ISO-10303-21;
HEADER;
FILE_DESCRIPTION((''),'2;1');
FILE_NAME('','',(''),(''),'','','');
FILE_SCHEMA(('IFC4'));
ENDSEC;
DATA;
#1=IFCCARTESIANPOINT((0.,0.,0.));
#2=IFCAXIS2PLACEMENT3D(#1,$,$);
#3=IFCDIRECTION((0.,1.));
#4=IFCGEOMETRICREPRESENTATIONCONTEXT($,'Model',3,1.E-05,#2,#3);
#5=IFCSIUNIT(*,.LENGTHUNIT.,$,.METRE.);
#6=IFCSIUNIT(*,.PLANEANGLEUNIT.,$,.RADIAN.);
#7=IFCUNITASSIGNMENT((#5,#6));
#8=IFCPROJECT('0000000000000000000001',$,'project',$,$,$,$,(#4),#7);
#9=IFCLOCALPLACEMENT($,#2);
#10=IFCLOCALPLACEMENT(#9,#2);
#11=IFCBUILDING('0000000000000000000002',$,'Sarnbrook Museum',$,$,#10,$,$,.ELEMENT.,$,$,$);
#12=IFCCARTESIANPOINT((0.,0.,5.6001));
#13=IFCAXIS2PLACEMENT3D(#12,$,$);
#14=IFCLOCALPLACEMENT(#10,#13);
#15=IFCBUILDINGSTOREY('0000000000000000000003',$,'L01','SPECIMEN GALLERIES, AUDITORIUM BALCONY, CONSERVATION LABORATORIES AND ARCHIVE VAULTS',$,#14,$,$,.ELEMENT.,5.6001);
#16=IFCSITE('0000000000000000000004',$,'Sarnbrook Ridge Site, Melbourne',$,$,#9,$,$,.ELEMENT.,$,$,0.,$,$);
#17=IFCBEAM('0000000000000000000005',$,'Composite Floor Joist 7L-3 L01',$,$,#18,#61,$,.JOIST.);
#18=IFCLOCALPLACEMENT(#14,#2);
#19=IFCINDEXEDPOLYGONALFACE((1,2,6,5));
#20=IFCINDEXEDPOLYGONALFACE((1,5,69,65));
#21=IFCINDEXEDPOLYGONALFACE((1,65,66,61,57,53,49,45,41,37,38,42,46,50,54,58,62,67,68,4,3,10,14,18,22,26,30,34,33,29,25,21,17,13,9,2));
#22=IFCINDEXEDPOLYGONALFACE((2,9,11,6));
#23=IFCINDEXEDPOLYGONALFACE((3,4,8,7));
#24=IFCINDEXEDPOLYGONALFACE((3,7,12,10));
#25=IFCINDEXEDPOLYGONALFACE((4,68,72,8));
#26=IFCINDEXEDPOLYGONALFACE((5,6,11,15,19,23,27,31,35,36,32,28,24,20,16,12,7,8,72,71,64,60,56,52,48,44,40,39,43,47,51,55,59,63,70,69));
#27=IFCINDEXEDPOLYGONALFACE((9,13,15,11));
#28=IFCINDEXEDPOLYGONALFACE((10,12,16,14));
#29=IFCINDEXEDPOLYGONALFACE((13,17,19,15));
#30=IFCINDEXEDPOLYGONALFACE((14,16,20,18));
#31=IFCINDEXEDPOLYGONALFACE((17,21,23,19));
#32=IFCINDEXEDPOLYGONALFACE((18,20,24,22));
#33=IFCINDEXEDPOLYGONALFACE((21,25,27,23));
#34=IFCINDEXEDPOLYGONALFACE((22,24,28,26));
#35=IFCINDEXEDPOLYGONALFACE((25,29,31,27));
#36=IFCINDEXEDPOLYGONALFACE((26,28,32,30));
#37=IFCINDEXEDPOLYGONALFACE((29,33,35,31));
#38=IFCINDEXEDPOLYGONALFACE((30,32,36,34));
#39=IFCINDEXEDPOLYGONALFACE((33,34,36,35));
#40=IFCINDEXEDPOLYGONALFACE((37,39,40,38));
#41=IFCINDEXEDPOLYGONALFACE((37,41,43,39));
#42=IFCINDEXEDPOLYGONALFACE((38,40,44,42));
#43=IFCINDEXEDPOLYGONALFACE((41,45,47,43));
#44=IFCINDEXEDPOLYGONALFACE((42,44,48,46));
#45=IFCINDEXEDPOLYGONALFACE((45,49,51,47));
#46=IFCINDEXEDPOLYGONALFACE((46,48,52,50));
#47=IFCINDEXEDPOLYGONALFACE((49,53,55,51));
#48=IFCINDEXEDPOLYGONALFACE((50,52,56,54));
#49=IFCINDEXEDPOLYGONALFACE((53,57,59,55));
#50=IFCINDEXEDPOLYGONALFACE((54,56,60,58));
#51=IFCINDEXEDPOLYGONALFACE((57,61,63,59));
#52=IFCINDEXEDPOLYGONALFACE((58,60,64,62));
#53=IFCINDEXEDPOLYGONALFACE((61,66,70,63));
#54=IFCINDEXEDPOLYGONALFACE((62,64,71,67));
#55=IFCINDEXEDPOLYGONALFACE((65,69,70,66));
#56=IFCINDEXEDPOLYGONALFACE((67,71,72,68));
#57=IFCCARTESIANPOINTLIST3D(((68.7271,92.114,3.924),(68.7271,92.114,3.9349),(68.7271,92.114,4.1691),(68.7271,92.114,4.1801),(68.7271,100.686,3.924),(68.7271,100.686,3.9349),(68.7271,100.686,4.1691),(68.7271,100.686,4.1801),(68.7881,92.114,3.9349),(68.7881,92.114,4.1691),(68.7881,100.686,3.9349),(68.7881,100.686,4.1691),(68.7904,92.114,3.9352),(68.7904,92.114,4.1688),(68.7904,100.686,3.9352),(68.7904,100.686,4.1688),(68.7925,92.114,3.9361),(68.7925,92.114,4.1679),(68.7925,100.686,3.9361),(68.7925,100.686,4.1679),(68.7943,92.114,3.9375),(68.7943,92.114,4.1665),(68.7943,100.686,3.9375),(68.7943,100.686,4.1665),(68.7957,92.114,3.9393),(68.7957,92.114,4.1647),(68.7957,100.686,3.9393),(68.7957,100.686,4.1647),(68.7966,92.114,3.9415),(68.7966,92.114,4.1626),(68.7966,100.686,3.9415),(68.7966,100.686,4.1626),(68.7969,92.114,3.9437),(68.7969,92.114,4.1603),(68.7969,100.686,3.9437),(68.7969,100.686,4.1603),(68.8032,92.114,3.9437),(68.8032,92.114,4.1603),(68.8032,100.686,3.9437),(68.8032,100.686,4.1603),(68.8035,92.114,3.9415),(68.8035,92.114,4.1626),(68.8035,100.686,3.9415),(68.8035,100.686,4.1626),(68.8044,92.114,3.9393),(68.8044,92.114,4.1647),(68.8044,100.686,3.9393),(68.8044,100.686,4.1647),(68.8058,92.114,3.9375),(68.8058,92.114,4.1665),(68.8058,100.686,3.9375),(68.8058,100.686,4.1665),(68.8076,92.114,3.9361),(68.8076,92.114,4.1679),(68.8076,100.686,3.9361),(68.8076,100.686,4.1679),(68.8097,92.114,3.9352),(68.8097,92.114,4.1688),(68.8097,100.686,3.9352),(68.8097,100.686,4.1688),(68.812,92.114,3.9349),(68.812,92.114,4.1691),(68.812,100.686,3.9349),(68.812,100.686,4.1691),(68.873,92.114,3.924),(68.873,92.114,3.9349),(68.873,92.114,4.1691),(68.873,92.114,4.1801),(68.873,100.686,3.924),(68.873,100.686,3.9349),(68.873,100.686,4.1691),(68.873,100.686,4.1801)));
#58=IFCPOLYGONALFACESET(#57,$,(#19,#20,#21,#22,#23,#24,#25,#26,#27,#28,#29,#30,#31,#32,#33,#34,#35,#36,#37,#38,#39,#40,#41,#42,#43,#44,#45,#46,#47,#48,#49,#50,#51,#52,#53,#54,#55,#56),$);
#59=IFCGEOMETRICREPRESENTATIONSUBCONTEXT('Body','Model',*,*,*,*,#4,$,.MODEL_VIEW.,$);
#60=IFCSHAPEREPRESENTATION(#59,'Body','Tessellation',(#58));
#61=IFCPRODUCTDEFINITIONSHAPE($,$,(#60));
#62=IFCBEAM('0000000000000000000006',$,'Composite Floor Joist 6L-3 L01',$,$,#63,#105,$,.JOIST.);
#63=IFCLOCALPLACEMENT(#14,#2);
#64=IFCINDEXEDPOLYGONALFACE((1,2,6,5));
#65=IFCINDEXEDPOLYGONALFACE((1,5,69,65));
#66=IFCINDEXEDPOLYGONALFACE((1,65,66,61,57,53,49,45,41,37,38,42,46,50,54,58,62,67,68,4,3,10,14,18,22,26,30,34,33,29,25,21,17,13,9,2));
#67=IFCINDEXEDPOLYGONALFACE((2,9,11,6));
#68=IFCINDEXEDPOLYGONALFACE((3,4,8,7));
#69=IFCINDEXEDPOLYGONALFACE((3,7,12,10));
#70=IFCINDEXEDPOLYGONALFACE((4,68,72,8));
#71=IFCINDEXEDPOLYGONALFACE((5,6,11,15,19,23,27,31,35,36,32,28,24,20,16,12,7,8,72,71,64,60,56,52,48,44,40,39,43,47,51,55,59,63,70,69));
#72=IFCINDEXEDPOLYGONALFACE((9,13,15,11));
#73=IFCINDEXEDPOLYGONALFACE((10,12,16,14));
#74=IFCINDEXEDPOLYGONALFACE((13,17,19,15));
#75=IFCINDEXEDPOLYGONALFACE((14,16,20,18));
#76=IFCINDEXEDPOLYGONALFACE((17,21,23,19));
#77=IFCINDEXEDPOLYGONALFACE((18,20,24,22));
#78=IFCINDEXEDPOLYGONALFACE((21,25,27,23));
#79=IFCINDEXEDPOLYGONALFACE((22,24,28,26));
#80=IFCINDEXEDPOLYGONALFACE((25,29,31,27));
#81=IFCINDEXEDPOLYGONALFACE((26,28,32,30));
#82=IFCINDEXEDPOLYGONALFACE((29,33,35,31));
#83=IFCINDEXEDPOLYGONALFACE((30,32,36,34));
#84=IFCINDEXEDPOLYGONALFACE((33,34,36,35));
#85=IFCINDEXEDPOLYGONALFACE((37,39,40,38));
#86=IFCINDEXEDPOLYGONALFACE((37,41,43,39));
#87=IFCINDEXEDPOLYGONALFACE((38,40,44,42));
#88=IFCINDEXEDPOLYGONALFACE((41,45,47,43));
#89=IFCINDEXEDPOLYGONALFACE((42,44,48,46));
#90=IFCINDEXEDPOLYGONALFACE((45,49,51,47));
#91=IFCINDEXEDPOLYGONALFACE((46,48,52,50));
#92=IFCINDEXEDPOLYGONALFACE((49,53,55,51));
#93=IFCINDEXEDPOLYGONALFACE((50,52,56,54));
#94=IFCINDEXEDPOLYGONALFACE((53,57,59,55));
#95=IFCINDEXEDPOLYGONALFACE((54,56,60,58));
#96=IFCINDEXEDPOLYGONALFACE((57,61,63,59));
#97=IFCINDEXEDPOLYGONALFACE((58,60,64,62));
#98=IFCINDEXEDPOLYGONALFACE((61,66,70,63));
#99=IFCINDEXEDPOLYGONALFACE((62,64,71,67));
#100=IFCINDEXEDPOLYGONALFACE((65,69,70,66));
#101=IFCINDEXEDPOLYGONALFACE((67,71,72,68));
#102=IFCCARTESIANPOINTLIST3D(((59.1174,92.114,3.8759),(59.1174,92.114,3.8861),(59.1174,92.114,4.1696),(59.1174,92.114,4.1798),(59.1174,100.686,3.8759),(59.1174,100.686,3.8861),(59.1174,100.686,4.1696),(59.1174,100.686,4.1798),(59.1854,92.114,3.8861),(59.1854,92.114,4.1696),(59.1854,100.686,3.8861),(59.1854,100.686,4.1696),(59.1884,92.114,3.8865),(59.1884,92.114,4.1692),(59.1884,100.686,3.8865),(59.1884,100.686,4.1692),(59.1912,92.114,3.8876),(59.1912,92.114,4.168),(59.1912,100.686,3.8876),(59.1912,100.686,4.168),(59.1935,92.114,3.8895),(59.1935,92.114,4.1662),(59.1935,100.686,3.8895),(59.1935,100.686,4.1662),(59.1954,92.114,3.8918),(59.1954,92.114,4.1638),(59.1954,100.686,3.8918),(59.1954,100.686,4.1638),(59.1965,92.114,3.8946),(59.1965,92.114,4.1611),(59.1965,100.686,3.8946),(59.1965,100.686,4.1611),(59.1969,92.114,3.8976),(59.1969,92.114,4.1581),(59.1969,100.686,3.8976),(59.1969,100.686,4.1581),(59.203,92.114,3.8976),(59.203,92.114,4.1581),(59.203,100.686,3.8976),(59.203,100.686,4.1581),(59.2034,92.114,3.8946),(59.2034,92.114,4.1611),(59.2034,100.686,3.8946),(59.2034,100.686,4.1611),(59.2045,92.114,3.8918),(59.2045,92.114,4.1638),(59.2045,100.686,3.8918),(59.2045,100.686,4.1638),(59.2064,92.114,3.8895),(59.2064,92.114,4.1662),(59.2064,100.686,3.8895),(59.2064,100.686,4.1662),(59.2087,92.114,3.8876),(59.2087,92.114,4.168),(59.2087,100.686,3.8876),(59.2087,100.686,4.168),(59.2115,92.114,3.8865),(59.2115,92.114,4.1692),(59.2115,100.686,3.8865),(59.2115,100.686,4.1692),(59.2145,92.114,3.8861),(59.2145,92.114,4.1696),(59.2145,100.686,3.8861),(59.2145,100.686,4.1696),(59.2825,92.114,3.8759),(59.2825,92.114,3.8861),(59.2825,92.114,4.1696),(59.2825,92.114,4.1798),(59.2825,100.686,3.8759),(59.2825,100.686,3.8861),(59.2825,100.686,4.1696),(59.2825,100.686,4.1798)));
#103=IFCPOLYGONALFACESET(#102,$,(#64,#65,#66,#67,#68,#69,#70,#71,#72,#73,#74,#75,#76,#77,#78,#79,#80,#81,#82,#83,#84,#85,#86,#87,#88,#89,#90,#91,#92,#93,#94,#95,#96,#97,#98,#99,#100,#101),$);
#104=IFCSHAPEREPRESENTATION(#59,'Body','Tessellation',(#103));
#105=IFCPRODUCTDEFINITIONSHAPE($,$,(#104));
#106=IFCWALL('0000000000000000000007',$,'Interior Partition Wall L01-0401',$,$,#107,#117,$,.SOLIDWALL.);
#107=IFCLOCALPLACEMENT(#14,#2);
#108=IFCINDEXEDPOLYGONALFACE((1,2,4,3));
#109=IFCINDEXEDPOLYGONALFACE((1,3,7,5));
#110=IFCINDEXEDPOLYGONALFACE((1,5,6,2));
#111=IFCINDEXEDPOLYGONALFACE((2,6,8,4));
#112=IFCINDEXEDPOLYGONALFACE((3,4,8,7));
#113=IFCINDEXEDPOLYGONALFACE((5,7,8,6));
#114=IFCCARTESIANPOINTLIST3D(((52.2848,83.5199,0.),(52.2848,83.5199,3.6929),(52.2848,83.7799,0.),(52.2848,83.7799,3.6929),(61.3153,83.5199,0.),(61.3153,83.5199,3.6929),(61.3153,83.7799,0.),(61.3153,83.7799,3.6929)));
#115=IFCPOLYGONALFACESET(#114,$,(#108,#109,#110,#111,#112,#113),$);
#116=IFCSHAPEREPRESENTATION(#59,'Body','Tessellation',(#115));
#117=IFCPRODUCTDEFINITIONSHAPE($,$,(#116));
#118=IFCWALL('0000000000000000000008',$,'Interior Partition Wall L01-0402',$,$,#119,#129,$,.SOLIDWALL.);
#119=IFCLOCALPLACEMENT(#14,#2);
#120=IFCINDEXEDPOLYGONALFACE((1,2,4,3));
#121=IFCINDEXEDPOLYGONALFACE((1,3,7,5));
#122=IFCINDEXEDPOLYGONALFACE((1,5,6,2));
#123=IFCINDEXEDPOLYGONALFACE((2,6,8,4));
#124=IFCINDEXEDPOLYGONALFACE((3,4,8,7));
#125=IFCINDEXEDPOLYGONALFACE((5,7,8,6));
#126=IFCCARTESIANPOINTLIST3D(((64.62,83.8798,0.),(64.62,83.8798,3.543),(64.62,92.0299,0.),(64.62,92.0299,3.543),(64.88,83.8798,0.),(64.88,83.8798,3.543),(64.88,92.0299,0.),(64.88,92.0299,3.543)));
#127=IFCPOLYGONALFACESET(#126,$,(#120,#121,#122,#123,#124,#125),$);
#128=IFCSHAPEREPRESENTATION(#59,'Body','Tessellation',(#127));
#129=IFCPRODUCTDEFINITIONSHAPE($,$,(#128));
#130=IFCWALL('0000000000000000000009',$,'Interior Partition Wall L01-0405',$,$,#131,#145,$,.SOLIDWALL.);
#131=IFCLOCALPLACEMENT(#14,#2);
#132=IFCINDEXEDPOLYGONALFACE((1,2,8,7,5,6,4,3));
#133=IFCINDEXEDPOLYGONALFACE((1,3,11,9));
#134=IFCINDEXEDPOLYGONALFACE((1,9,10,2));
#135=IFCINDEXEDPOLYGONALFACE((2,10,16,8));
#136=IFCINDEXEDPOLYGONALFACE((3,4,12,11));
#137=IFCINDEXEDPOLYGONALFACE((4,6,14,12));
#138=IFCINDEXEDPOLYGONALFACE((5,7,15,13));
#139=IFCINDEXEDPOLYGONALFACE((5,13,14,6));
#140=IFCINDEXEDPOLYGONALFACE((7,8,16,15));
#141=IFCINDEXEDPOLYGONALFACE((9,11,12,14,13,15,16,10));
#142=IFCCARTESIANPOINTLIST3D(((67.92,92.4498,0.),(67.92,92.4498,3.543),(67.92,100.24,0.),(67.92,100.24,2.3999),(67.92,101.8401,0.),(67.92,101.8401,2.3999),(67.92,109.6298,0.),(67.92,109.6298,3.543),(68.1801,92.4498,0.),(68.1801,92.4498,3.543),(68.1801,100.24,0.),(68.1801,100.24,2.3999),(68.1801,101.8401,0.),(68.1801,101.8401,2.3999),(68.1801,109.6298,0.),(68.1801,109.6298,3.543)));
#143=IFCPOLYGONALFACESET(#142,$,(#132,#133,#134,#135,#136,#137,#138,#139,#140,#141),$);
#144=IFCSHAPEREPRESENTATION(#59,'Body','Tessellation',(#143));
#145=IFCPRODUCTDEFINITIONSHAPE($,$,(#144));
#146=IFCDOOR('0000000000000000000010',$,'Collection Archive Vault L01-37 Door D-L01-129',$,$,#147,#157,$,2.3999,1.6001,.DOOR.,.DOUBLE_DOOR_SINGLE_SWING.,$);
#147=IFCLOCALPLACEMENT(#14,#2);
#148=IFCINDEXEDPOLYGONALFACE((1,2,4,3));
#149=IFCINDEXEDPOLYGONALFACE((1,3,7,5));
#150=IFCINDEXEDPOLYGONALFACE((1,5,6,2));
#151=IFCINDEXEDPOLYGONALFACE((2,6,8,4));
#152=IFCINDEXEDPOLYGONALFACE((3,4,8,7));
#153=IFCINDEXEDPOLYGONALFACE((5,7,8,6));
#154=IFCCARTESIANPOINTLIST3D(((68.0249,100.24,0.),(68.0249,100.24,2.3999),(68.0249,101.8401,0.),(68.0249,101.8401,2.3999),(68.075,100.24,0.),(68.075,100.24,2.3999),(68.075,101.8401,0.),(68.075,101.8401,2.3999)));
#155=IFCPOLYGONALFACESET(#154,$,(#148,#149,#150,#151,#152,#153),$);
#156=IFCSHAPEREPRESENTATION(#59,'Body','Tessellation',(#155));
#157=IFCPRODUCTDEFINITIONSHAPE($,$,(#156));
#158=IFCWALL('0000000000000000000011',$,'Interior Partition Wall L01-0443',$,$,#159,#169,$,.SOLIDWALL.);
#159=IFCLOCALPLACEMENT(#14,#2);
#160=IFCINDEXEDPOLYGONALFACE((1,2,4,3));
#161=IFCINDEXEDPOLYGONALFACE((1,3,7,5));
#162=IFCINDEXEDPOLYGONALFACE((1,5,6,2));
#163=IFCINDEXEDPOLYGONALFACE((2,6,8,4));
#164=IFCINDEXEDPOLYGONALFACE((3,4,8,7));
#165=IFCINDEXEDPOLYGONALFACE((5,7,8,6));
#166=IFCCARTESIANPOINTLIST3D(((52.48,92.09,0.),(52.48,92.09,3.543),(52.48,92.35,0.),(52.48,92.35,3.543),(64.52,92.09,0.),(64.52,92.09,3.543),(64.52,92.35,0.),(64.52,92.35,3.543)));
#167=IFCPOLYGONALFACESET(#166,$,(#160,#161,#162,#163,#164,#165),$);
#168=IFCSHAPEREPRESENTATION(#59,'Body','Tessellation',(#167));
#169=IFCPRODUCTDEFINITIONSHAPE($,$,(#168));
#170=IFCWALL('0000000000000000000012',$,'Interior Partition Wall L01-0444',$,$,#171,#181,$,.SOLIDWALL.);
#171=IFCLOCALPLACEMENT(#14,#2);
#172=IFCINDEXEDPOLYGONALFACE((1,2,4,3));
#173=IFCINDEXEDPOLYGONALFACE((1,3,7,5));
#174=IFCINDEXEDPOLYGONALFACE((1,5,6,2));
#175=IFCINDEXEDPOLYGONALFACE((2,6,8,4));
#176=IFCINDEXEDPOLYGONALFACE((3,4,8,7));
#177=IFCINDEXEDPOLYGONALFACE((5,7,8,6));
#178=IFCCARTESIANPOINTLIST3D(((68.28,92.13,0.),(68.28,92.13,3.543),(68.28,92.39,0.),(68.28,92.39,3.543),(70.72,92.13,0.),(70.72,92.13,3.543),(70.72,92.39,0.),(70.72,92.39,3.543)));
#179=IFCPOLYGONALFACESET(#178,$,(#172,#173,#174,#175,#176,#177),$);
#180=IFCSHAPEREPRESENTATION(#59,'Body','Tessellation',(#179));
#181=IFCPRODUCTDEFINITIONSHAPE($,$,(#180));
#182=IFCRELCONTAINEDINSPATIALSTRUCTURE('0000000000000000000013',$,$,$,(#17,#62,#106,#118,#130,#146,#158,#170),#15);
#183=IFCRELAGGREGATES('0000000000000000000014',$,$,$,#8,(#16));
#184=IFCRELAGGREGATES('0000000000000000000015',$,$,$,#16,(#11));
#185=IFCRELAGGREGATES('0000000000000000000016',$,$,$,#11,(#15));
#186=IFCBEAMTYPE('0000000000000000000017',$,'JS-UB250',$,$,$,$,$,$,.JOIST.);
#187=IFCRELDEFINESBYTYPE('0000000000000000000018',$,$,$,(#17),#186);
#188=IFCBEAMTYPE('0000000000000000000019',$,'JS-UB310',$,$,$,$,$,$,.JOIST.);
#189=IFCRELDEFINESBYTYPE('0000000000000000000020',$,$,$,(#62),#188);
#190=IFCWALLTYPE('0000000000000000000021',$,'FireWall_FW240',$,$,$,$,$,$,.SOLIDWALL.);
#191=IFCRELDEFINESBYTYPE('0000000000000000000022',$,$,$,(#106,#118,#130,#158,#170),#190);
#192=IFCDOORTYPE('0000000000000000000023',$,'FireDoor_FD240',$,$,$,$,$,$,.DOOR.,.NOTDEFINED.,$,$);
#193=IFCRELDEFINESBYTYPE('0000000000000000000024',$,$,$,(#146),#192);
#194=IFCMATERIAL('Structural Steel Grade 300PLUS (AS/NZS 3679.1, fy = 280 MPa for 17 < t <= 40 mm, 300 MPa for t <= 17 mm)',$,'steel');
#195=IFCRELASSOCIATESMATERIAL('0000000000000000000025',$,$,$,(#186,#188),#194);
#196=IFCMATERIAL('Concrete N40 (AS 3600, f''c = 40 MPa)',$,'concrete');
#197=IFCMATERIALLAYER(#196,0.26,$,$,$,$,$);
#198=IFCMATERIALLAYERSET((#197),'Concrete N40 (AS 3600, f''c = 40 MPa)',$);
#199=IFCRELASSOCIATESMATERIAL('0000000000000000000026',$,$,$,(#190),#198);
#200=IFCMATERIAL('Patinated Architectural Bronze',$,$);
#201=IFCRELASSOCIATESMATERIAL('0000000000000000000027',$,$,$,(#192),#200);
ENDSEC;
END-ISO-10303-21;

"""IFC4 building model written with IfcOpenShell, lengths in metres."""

from ifc_helpers import new_model, si_unit, direction, frame, frame_2d, origin, origin_2d, place, context, subcontext, project, spatial, rectangle, i_section, extrude, material, layer, layer_set, material_profile, profile_set, type_object, element, fill, save


model = new_model("IFC4")

# Units and contexts
model_context = context("Model", 3, precision=1e-05, world=origin(), true_north=direction((0.0, 1.0)))
body_context = subcontext(model_context, "Body", "Model", "MODEL_VIEW")
ifc_project = project(units=[si_unit("LENGTHUNIT", "METRE"), si_unit("PLANEANGLEUNIT", "RADIAN")], contexts=[model_context])

# Site, building, storey
site_placement = place(None, origin())
site = spatial("IfcSite", under=ifc_project, at=site_placement, Name="Sarnbrook Ridge Site, Melbourne", CompositionType="ELEMENT", RefElevation=0.0)
building_placement = place(site_placement, origin())
building = spatial("IfcBuilding", under=site, at=building_placement, Name="Sarnbrook Museum", CompositionType="ELEMENT")
storey_placement = place(building_placement, frame((0.0, 0.0, 5.6001)))
storey = spatial("IfcBuildingStorey", under=building, at=storey_placement, Name="L01", Description="SPECIMEN GALLERIES, AUDITORIUM BALCONY, CONSERVATION LABORATORIES AND ARCHIVE VAULTS", CompositionType="ELEMENT", Elevation=5.6001)

# Beams
ifc_material_1 = material(Name="Structural Steel Grade 300PLUS (AS/NZS 3679.1, fy = 280 MPa for 17 < t <= 40 mm, 300 MPa for t <= 17 mm)", Category="steel")
ifc_material_profile_1 = material_profile(ifc_material_1, i_section(OverallWidth=0.146, OverallDepth=0.2561, WebThickness=0.0063, FlangeThickness=0.011, FilletRadius=0.0088, at=origin_2d()), Name="250UB37.3")
ifc_profile_set_1 = profile_set([ifc_material_profile_1], Name="Structural Steel Grade 300PLUS (AS/NZS 3679.1, fy = 280 MPa for 17 < t <= 40 mm, 300 MPa for t <= 17 mm)")
beam_type_1 = type_object("IfcBeamType", Name="JS-UB250", PredefinedType="JOIST", material=ifc_profile_set_1)
for number, where, z_axis, x_axis, name in (
    (1, (68.8, 92.114, 4.052), (0.0, 1.0, 0.0), (-1.0, 0.0, 0.0), "Composite Floor Joist 7L-3 L01"),
):
    element("IfcBeam", number, at=place(storey_placement, frame(where, z_axis=z_axis, x_axis=x_axis)), inside=storey, type_object=beam_type_1, Name=name, PredefinedType="JOIST", context=body_context, shape_type="SweptSolid", body=[
        extrude(i_section(OverallWidth=0.146, OverallDepth=0.2561, WebThickness=0.0063, FlangeThickness=0.011, FilletRadius=0.0088, at=origin_2d()), origin(), (0.0, 0.0, 1.0), 8.572),
    ])
ifc_material_profile_2 = material_profile(ifc_material_1, i_section(OverallWidth=0.165, OverallDepth=0.304, WebThickness=0.0061, FlangeThickness=0.0103, FilletRadius=0.0115, at=origin_2d()), Name="310UB40.4")
ifc_profile_set_2 = profile_set([ifc_material_profile_2], Name="Structural Steel Grade 300PLUS (AS/NZS 3679.1, fy = 280 MPa for 17 < t <= 40 mm, 300 MPa for t <= 17 mm)")
beam_type_2 = type_object("IfcBeamType", Name="JS-UB310", PredefinedType="JOIST", material=ifc_profile_set_2)
beam_1_placement = place(storey_placement, frame((59.2, 92.114, 4.0278), z_axis=(0.0, 1.0, 0.0), x_axis=(-1.0, 0.0, 0.0)))
element("IfcBeam", 2, at=beam_1_placement, inside=storey, type_object=beam_type_2, Name="Composite Floor Joist 6L-3 L01", PredefinedType="JOIST", context=body_context, shape_type="SweptSolid", body=[
    extrude(i_section(OverallWidth=0.165, OverallDepth=0.304, WebThickness=0.0061, FlangeThickness=0.0103, FilletRadius=0.0115, at=origin_2d()), origin(), (0.0, 0.0, 1.0), 8.572),
])

# Shared definitions
ifc_material_2 = material(Name="Concrete N40 (AS 3600, f'c = 40 MPa)", Category="concrete")
ifc_layer = layer(ifc_material_2, 0.26)
ifc_layer_set = layer_set([ifc_layer], Name="Concrete N40 (AS 3600, f'c = 40 MPa)")
wall_type = type_object("IfcWallType", Name="FireWall_FW240", PredefinedType="SOLIDWALL", material=ifc_layer_set)
ifc_material_3 = material(Name="Patinated Architectural Bronze")
door_type = type_object("IfcDoorType", Name="FireDoor_FD240", OperationType="NOTDEFINED", PredefinedType="DOOR", material=ifc_material_3)

# Walls
wall_1_placement = place(storey_placement, frame((61.3152, 83.6499, 0.0), z_axis=(0.0, 0.0, 1.0), x_axis=(-1.0, 0.0, 0.0)))
element("IfcWall", 3, at=wall_1_placement, inside=storey, type_object=wall_type, Name="Interior Partition Wall L01-0401", PredefinedType="SOLIDWALL", context=body_context, shape_type="SweptSolid", body=[
    extrude(rectangle(XDim=9.0305, YDim=0.26, at=frame_2d((4.5151, 0.0))), origin(), (0.0, 0.0, 1.0), 3.6929),
])
wall_2_placement = place(storey_placement, frame((64.75, 92.03, 0.0), z_axis=(0.0, 0.0, 1.0), x_axis=(0.0, -1.0, 0.0)))
element("IfcWall", 4, at=wall_2_placement, inside=storey, type_object=wall_type, Name="Interior Partition Wall L01-0402", PredefinedType="SOLIDWALL", context=body_context, shape_type="SweptSolid", body=[
    extrude(rectangle(XDim=8.1501, YDim=0.26, at=frame_2d((4.0752, 0.0))), origin(), (0.0, 0.0, 1.0), 3.543),
])

# Wall, opening, door
wall_3_placement = place(storey_placement, frame((68.05, 92.45, 0.0), z_axis=(0.0, 0.0, 1.0), x_axis=(0.0, 1.0, 0.0)))
wall_3 = element("IfcWall", 5, at=wall_3_placement, inside=storey, type_object=wall_type, Name="Interior Partition Wall L01-0405", PredefinedType="SOLIDWALL", context=body_context, shape_type="SweptSolid", body=[
    extrude(rectangle(XDim=17.1799, YDim=0.26, at=frame_2d((8.5898, 0.0))), origin(), (0.0, 0.0, 1.0), 3.543),
])
opening_1_placement = place(wall_3_placement, frame((7.79, 0.0, 0.0)))
opening_1 = element("IfcOpeningElement", 6, at=opening_1_placement, cuts=wall_3, PredefinedType="OPENING", context=body_context, shape_type="SweptSolid", body=[
    extrude(rectangle(XDim=1.6001, YDim=2.3999, at=frame_2d((0.8, 1.2))), frame((0.0, 0.1401, 0.0), z_axis=(0.0, -1.0, 0.0), x_axis=(1.0, 0.0, 0.0)), (0.0, 0.0, 1.0), 0.28),
])
door_1_placement = place(opening_1_placement, frame((1.6001, 0.0, 0.0), z_axis=(0.0, 0.0, 1.0), x_axis=(-1.0, 0.0, 0.0)))
door_1 = element("IfcDoor", 7, at=door_1_placement, inside=storey, type_object=door_type, Name="Collection Archive Vault L01-37 Door D-L01-129", OperationType="DOUBLE_DOOR_SINGLE_SWING", OverallHeight=2.3999, OverallWidth=1.6001, PredefinedType="DOOR", context=body_context, shape_type="SweptSolid", body=[
    extrude(rectangle(XDim=1.6001, YDim=2.3999, at=frame_2d((0.8, 1.2))), frame((0.0, 0.0249, 0.0), z_axis=(0.0, -1.0, 0.0), x_axis=(1.0, 0.0, 0.0)), (0.0, 0.0, 1.0), 0.05),
])
fill(opening_1, door_1)

# Walls
wall_4_placement = place(storey_placement, frame((64.52, 92.22, 0.0), z_axis=(0.0, 0.0, 1.0), x_axis=(-1.0, 0.0, 0.0)))
element("IfcWall", 8, at=wall_4_placement, inside=storey, type_object=wall_type, Name="Interior Partition Wall L01-0443", PredefinedType="SOLIDWALL", context=body_context, shape_type="SweptSolid", body=[
    extrude(rectangle(XDim=12.04, YDim=0.26, at=frame_2d((6.02, 0.0))), origin(), (0.0, 0.0, 1.0), 3.543),
])
wall_5_placement = place(storey_placement, frame((68.28, 92.26, 0.0), z_axis=(0.0, 0.0, 1.0), x_axis=(1.0, 0.0, 0.0)))
element("IfcWall", 9, at=wall_5_placement, inside=storey, type_object=wall_type, Name="Interior Partition Wall L01-0444", PredefinedType="SOLIDWALL", context=body_context, shape_type="SweptSolid", body=[
    extrude(rectangle(XDim=2.4399, YDim=0.26, at=frame_2d((1.22, 0.0))), origin(), (0.0, 0.0, 1.0), 3.543),
])

save(model, "model.ifc")
